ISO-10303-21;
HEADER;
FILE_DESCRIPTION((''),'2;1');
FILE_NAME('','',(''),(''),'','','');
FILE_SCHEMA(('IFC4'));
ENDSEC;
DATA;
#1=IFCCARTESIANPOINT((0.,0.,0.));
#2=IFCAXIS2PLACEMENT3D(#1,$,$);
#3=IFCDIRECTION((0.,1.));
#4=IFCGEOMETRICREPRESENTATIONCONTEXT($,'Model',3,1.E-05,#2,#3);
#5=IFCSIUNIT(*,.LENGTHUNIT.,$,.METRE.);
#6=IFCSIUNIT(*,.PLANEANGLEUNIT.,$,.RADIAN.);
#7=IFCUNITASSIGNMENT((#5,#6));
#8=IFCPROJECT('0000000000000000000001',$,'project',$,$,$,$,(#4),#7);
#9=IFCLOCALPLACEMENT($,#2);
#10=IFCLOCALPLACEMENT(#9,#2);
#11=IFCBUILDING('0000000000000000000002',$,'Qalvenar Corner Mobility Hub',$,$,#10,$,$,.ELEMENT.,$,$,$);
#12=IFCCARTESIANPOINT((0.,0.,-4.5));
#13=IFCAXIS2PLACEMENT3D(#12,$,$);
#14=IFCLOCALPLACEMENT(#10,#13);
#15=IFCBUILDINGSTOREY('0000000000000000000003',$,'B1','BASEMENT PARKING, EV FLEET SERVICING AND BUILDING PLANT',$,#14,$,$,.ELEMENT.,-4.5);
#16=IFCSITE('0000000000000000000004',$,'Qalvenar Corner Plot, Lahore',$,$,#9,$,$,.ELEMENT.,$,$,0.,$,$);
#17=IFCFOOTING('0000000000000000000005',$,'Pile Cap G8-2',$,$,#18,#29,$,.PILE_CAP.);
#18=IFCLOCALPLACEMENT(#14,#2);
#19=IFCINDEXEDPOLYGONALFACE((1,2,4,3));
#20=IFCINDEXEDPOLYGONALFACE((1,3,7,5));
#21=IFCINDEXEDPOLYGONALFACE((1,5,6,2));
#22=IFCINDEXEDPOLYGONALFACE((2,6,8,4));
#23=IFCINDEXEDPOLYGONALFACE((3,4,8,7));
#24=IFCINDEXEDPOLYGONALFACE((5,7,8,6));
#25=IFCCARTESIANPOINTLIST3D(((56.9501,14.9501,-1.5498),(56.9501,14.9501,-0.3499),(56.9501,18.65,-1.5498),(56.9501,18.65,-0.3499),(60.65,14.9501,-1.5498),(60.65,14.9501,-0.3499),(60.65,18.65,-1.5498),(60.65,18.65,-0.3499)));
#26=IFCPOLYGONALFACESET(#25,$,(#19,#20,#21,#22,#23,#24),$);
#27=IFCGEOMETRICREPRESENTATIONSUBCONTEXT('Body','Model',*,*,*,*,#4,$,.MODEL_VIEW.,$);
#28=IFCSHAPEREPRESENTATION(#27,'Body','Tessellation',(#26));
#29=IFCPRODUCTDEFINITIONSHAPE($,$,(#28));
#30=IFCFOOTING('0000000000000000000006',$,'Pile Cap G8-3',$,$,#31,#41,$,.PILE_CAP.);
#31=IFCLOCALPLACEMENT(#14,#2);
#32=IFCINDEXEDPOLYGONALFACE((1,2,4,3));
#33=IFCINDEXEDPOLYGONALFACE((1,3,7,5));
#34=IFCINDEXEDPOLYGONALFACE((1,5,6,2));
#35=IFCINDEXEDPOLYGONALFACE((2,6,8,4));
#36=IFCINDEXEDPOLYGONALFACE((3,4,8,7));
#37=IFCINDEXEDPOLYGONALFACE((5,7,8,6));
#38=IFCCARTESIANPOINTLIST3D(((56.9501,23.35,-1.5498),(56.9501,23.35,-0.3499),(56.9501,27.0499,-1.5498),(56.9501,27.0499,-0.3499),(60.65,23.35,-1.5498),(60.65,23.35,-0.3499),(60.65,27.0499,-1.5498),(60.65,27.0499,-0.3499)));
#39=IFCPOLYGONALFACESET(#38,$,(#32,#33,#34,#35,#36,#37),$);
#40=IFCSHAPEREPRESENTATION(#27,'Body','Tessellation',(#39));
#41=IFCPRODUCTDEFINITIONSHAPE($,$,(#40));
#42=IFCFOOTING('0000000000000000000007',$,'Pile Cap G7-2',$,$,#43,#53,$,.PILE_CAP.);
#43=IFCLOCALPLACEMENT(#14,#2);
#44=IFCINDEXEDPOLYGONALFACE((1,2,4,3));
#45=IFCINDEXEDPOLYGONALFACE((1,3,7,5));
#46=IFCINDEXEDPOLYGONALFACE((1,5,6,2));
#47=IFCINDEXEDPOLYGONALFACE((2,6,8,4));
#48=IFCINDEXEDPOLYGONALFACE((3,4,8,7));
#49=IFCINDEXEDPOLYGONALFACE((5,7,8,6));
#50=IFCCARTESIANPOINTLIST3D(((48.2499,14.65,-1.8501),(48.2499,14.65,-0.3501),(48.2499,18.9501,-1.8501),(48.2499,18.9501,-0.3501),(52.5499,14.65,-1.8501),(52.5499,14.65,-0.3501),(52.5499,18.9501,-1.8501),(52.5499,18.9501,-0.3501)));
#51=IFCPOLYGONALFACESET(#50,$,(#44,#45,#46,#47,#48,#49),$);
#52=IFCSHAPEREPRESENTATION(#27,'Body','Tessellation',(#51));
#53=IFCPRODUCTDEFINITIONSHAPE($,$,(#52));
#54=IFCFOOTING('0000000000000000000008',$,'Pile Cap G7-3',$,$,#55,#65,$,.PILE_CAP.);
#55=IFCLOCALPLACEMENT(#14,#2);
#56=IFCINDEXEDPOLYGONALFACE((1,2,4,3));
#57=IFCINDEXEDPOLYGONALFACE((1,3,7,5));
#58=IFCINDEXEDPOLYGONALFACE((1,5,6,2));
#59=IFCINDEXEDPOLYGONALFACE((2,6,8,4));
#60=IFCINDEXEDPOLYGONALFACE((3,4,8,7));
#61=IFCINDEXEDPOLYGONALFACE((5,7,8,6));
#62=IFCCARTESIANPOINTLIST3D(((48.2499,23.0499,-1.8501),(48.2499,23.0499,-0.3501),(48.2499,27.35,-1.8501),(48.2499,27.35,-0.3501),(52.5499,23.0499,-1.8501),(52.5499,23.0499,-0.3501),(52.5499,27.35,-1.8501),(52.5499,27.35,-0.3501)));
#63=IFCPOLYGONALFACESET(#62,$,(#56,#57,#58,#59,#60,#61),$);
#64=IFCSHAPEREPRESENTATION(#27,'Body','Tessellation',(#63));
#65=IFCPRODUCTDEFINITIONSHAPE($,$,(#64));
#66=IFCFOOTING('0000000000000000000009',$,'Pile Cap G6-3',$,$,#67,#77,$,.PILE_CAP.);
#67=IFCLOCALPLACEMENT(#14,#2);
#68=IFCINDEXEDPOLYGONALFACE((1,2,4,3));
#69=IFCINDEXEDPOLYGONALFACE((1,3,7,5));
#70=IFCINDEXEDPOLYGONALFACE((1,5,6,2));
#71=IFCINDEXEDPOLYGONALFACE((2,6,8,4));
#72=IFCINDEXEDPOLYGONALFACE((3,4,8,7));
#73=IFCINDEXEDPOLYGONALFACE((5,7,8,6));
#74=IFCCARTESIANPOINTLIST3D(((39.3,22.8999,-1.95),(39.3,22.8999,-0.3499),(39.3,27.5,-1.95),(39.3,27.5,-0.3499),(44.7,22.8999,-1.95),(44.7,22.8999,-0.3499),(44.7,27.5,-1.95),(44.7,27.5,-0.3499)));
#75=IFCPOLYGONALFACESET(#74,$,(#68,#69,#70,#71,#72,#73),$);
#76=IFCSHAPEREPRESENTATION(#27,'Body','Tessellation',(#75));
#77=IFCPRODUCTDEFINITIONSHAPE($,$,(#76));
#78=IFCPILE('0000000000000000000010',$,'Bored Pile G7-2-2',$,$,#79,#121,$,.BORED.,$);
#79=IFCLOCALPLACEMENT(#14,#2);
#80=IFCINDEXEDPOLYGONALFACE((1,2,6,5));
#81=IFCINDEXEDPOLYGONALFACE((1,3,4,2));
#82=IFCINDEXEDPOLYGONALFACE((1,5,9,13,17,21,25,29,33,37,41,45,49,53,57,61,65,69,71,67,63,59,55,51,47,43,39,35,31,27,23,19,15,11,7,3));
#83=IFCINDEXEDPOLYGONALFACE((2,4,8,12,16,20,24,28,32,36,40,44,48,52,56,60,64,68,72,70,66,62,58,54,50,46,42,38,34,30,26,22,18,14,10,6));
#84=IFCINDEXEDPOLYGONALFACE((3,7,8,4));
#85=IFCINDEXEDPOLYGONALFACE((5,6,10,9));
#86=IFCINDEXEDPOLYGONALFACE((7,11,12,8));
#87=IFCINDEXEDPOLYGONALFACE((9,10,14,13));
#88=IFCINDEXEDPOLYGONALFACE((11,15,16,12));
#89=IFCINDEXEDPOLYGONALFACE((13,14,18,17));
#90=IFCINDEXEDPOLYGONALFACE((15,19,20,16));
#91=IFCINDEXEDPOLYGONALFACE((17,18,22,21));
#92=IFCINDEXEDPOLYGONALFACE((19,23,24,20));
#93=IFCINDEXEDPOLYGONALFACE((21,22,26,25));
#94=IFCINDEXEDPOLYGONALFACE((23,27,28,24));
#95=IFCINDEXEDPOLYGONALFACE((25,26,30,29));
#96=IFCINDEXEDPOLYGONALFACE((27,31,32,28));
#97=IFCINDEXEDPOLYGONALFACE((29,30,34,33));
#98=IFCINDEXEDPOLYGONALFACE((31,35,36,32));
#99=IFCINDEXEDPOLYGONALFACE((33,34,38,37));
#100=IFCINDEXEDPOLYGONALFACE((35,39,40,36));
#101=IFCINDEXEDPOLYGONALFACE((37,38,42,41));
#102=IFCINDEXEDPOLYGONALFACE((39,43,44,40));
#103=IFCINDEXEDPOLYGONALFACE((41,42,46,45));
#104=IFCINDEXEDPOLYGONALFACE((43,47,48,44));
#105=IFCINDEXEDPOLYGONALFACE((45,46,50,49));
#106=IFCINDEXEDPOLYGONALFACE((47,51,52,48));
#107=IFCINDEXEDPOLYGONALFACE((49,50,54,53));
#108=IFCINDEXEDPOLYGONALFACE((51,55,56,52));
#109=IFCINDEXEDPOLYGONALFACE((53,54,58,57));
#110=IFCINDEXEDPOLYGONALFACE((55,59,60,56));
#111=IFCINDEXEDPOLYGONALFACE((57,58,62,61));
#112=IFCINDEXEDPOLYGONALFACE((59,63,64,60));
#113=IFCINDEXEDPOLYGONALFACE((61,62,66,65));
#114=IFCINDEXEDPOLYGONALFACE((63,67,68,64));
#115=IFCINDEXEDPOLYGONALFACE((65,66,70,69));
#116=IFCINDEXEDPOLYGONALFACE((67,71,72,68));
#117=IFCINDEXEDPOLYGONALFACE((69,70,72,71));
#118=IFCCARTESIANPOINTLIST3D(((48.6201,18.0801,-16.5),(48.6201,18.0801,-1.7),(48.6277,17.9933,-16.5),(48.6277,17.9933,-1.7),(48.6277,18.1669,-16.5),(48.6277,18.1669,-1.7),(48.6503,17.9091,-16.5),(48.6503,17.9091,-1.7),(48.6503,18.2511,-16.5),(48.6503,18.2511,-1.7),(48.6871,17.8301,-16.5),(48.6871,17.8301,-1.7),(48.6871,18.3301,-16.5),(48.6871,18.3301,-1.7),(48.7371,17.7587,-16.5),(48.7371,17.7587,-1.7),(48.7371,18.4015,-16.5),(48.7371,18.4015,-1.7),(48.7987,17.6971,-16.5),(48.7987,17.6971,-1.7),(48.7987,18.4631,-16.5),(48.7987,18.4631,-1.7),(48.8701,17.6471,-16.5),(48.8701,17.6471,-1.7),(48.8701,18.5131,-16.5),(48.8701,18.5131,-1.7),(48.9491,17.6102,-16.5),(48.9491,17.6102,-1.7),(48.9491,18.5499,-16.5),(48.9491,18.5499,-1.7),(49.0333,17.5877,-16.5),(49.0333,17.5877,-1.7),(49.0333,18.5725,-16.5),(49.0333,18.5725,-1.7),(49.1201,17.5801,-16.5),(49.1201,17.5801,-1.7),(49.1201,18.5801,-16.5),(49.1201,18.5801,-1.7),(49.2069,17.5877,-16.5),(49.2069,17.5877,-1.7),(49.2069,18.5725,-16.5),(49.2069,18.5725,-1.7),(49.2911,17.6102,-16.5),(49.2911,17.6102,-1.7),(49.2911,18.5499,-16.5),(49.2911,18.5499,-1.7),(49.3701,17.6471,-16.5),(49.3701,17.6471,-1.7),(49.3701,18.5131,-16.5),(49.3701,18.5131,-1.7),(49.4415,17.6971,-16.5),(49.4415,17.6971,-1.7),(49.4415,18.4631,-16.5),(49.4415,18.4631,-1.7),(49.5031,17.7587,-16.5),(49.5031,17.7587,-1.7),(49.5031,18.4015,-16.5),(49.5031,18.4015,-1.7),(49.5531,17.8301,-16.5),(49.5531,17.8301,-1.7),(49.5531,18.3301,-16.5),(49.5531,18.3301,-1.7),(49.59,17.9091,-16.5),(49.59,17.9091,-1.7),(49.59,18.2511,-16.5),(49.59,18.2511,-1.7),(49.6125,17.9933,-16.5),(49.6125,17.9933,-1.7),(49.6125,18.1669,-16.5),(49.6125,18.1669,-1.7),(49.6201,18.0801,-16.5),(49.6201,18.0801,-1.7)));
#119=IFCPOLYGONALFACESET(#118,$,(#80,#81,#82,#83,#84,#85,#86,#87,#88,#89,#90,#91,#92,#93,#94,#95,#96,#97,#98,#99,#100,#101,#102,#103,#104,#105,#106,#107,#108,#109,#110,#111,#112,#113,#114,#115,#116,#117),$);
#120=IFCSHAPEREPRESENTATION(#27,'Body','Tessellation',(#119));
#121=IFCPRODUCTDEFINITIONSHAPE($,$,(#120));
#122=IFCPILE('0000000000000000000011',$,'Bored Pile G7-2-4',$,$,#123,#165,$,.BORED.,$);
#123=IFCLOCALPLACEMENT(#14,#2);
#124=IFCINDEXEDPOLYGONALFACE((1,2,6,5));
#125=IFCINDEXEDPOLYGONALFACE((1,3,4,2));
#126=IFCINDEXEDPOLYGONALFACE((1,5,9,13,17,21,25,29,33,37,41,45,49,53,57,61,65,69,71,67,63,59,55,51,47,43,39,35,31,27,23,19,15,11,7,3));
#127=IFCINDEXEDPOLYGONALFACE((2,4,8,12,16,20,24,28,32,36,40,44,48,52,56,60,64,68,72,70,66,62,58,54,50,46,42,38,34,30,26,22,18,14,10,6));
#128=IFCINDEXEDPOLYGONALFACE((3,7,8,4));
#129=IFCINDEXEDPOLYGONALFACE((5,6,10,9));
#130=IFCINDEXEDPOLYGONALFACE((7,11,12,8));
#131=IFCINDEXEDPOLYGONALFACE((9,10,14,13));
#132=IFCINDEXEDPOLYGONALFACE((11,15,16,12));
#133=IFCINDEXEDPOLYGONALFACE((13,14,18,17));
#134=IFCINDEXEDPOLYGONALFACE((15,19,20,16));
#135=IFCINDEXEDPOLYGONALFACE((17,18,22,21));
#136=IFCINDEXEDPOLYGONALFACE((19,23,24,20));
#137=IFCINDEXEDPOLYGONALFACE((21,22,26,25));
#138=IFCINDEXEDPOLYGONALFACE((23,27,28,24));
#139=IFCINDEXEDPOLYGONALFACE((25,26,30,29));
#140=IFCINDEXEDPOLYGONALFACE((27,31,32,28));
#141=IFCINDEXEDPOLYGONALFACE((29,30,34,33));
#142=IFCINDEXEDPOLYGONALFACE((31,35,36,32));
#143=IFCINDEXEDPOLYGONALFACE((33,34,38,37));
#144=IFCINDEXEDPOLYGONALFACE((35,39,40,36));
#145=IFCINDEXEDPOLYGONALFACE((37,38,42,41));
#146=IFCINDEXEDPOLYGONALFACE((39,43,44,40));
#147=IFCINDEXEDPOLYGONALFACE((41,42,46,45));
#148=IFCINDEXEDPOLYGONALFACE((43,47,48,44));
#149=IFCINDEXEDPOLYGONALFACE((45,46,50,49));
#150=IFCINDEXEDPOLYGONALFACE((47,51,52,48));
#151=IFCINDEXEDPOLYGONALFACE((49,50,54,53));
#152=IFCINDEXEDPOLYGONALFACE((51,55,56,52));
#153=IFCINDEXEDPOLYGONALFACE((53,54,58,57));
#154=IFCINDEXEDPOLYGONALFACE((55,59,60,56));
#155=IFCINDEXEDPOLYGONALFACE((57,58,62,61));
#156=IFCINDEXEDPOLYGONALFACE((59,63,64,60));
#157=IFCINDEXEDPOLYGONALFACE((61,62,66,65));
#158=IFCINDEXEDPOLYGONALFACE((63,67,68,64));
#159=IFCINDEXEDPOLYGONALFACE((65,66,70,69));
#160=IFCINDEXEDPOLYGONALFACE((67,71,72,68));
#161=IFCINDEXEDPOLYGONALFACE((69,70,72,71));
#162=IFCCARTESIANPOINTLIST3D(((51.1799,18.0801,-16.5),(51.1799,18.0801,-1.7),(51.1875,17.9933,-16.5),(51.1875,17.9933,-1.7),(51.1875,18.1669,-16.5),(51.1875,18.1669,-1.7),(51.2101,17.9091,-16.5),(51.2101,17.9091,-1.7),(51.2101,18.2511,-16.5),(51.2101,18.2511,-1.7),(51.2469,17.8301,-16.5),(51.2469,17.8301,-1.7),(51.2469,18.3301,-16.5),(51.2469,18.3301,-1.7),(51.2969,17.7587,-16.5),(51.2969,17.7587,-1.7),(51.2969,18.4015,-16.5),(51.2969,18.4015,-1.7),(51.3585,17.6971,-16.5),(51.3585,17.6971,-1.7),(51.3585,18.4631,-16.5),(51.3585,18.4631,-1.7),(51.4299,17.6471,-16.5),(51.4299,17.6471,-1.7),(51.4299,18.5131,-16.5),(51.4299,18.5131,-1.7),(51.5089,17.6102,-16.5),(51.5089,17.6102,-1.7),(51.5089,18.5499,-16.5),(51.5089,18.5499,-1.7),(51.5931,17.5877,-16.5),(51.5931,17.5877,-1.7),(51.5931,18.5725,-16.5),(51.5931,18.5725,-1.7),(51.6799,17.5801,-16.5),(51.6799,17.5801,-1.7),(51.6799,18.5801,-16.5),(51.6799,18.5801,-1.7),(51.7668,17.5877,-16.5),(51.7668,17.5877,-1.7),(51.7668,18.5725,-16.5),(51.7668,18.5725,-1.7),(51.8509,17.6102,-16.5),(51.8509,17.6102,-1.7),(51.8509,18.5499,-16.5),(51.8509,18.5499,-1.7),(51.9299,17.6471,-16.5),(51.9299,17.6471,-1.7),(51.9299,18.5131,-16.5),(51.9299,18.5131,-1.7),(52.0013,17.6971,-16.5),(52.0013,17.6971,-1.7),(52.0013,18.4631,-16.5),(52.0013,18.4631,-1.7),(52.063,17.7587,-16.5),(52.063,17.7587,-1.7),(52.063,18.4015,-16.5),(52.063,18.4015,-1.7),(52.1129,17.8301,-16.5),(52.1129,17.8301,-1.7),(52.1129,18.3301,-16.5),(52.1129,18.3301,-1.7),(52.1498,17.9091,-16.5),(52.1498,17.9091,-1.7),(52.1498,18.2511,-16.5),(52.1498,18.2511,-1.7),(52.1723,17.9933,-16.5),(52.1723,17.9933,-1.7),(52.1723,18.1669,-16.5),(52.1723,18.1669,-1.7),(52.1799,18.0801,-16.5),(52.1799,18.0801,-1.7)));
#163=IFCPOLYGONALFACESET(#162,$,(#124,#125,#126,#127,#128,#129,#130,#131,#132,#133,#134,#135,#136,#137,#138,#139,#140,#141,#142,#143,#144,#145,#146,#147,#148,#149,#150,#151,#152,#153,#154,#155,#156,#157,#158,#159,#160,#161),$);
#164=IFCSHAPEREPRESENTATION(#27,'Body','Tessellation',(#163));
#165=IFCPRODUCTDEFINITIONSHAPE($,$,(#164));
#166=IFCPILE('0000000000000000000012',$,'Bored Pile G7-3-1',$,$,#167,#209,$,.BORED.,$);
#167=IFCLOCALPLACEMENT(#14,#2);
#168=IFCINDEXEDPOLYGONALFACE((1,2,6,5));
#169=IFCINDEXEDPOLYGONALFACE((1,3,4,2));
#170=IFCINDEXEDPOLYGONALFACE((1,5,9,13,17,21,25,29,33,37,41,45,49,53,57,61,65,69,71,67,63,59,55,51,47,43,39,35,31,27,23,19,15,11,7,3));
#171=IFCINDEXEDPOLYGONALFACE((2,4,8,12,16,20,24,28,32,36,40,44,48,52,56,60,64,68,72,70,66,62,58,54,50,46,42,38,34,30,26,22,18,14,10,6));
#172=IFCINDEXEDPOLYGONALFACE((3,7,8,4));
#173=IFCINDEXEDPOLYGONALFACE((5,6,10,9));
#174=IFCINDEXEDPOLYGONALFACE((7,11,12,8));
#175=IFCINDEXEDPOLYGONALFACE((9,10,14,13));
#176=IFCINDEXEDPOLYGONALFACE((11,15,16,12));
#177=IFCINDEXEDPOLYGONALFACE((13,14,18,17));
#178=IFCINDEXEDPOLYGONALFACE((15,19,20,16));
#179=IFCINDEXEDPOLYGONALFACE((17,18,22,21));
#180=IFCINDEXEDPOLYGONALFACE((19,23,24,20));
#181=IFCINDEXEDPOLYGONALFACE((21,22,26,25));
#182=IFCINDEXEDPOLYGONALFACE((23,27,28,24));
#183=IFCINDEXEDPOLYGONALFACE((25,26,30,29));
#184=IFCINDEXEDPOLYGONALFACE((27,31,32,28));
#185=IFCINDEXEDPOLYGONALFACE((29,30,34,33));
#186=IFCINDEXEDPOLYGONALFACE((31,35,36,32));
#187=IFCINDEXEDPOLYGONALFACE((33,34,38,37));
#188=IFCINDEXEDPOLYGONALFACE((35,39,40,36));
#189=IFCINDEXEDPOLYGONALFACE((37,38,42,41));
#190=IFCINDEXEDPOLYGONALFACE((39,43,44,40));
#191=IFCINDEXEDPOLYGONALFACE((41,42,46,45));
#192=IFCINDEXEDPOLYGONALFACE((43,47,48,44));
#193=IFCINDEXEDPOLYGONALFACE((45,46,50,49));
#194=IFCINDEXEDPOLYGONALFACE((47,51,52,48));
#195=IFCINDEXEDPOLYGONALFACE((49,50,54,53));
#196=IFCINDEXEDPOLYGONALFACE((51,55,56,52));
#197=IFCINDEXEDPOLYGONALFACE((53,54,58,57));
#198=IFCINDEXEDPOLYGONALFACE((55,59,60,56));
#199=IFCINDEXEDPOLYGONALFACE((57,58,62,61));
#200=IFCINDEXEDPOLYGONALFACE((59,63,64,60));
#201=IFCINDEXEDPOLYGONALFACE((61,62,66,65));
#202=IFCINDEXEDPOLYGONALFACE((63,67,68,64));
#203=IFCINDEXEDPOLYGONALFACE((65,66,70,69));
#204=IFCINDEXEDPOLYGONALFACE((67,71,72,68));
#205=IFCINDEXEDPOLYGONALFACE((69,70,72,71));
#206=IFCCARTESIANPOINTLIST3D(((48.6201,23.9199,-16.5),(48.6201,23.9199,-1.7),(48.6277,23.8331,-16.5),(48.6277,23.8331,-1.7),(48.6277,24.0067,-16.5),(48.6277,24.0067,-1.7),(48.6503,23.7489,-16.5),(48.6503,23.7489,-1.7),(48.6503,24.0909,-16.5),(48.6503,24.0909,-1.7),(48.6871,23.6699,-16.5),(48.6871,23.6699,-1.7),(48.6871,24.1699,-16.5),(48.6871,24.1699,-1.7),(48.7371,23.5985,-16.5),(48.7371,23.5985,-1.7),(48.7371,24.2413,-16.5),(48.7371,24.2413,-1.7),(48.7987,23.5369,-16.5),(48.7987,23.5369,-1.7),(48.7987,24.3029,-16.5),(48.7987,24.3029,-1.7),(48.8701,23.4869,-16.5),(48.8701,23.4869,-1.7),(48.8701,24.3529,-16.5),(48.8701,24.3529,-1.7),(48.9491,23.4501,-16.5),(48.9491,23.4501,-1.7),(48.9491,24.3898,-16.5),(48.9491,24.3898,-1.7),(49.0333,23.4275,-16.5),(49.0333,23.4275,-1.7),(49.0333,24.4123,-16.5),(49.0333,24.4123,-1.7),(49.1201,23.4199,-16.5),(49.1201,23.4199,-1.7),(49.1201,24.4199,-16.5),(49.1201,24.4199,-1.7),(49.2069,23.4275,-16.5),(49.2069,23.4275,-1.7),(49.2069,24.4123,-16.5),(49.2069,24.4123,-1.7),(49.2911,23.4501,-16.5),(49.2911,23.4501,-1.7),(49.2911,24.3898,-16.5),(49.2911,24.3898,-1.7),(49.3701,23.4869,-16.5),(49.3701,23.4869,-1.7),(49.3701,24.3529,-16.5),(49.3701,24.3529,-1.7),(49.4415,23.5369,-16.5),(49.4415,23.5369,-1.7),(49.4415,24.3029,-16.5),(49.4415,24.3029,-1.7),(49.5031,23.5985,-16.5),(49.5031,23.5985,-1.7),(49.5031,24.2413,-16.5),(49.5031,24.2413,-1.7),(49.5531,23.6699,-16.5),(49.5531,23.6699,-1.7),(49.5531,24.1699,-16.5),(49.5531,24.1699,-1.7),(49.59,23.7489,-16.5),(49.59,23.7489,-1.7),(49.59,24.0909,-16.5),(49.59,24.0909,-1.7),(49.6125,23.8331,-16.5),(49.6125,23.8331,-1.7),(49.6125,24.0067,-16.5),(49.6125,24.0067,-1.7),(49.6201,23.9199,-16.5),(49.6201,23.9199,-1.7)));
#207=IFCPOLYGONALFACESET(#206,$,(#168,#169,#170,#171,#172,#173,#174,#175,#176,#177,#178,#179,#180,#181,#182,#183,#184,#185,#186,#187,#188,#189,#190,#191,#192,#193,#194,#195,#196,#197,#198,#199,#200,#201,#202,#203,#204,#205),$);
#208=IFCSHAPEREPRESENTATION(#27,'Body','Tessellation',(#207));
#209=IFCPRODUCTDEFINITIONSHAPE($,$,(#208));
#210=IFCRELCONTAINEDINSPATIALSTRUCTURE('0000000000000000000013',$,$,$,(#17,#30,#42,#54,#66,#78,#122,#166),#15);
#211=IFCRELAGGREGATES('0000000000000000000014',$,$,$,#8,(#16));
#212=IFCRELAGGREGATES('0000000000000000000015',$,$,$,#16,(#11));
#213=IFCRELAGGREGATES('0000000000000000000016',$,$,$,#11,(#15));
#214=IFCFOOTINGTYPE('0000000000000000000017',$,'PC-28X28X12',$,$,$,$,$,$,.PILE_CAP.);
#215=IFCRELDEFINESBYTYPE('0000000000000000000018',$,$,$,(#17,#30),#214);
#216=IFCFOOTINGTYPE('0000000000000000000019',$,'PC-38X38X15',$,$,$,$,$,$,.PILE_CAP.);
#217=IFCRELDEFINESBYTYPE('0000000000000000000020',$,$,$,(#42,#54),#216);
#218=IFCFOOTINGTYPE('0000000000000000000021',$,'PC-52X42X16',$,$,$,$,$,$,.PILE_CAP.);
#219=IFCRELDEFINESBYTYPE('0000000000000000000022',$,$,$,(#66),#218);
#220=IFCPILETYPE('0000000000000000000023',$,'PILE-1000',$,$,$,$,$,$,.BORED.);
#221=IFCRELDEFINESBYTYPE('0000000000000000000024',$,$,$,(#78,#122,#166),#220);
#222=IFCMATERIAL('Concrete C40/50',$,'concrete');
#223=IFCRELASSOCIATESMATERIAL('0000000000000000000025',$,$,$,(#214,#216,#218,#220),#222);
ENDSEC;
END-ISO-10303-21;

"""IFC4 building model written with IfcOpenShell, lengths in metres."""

from ifc_helpers import new_model, si_unit, direction, frame, origin, origin_2d, place, context, subcontext, project, spatial, rectangle, circle, extrude, material, material_profile, profile_set, type_object, element, save


model = new_model("IFC4")

# Units and contexts
model_context = context("Model", 3, precision=1e-05, world=origin(), true_north=direction((0.0, 1.0)))
body_context = subcontext(model_context, "Body", "Model", "MODEL_VIEW")
ifc_project = project(units=[si_unit("LENGTHUNIT", "METRE"), si_unit("PLANEANGLEUNIT", "RADIAN")], contexts=[model_context])

# Site, building, storey
site_placement = place(None, origin())
site = spatial("IfcSite", under=ifc_project, at=site_placement, Name="Qalvenar Corner Plot, Lahore", CompositionType="ELEMENT", RefElevation=0.0)
building_placement = place(site_placement, origin())
building = spatial("IfcBuilding", under=site, at=building_placement, Name="Qalvenar Corner Mobility Hub", CompositionType="ELEMENT")
storey_placement = place(building_placement, frame((0.0, 0.0, -4.5)))
storey = spatial("IfcBuildingStorey", under=building, at=storey_placement, Name="B1", Description="BASEMENT PARKING, EV FLEET SERVICING AND BUILDING PLANT", CompositionType="ELEMENT", Elevation=-4.5)

# Footings
ifc_material_1 = material(Name="Concrete C40/50", Category="concrete")
footing_type_1 = type_object("IfcFootingType", Name="PC-28X28X12", PredefinedType="PILE_CAP", material=ifc_material_1)
for number, where, z_axis, x_axis, name in (
    (1, (58.8, 16.8, -1.5498), (0.0, 0.0, 1.0), (1.0, 0.0, 0.0), "Pile Cap G8-2"),
    (2, (58.8, 25.2, -1.5498), (0.0, 0.0, 1.0), (1.0, 0.0, 0.0), "Pile Cap G8-3"),
):
    element("IfcFooting", number, at=place(storey_placement, frame(where, z_axis=z_axis, x_axis=x_axis)), inside=storey, type_object=footing_type_1, Name=name, PredefinedType="PILE_CAP", context=body_context, shape_type="SweptSolid", body=[
        extrude(rectangle(XDim=3.7, YDim=3.7, at=origin_2d()), origin(), (0.0, 0.0, 1.0), 1.2),
    ])
footing_type_2 = type_object("IfcFootingType", Name="PC-38X38X15", PredefinedType="PILE_CAP", material=ifc_material_1)
for number, where, z_axis, x_axis, name in (
    (3, (50.3999, 16.8, -1.8501), (0.0, 0.0, 1.0), (1.0, 0.0, 0.0), "Pile Cap G7-2"),
    (4, (50.3999, 25.2, -1.8501), (0.0, 0.0, 1.0), (1.0, 0.0, 0.0), "Pile Cap G7-3"),
):
    element("IfcFooting", number, at=place(storey_placement, frame(where, z_axis=z_axis, x_axis=x_axis)), inside=storey, type_object=footing_type_2, Name=name, PredefinedType="PILE_CAP", context=body_context, shape_type="SweptSolid", body=[
        extrude(rectangle(XDim=4.3, YDim=4.3, at=origin_2d()), origin(), (0.0, 0.0, 1.0), 1.5),
    ])
footing_type_3 = type_object("IfcFootingType", Name="PC-52X42X16", PredefinedType="PILE_CAP", material=ifc_material_1)
footing_1_placement = place(storey_placement, frame((42.0, 25.2, -1.95), z_axis=(0.0, 0.0, 1.0), x_axis=(1.0, 0.0, 0.0)))
element("IfcFooting", 5, at=footing_1_placement, inside=storey, type_object=footing_type_3, Name="Pile Cap G6-3", PredefinedType="PILE_CAP", context=body_context, shape_type="SweptSolid", body=[
    extrude(rectangle(XDim=5.3999, YDim=4.6001, at=origin_2d()), origin(), (0.0, 0.0, 1.0), 1.6001),
])

# Piles
ifc_material_profile_1 = material_profile(ifc_material_1, circle(Radius=0.5, at=origin_2d()), Name="DIA1000")
ifc_profile_set_1 = profile_set([ifc_material_profile_1], Name="Concrete C40/50")
pile_type_1 = type_object("IfcPileType", Name="PILE-1000", PredefinedType="BORED", material=ifc_profile_set_1)
for number, where, z_axis, x_axis, name in (
    (6, (49.1201, 18.0801, -1.7), (0.0, 0.0, -1.0), (1.0, 0.0, 0.0), "Bored Pile G7-2-2"),
    (7, (51.6799, 18.0801, -1.7), (0.0, 0.0, -1.0), (1.0, 0.0, 0.0), "Bored Pile G7-2-4"),
    (8, (49.1201, 23.9199, -1.7), (0.0, 0.0, -1.0), (1.0, 0.0, 0.0), "Bored Pile G7-3-1"),
):
    element("IfcPile", number, at=place(storey_placement, frame(where, z_axis=z_axis, x_axis=x_axis)), inside=storey, type_object=pile_type_1, Name=name, PredefinedType="BORED", context=body_context, shape_type="SweptSolid", body=[
        extrude(circle(Radius=0.5, at=origin_2d()), origin(), (0.0, 0.0, 1.0), 14.8),
    ])

save(model, "model.ifc")
